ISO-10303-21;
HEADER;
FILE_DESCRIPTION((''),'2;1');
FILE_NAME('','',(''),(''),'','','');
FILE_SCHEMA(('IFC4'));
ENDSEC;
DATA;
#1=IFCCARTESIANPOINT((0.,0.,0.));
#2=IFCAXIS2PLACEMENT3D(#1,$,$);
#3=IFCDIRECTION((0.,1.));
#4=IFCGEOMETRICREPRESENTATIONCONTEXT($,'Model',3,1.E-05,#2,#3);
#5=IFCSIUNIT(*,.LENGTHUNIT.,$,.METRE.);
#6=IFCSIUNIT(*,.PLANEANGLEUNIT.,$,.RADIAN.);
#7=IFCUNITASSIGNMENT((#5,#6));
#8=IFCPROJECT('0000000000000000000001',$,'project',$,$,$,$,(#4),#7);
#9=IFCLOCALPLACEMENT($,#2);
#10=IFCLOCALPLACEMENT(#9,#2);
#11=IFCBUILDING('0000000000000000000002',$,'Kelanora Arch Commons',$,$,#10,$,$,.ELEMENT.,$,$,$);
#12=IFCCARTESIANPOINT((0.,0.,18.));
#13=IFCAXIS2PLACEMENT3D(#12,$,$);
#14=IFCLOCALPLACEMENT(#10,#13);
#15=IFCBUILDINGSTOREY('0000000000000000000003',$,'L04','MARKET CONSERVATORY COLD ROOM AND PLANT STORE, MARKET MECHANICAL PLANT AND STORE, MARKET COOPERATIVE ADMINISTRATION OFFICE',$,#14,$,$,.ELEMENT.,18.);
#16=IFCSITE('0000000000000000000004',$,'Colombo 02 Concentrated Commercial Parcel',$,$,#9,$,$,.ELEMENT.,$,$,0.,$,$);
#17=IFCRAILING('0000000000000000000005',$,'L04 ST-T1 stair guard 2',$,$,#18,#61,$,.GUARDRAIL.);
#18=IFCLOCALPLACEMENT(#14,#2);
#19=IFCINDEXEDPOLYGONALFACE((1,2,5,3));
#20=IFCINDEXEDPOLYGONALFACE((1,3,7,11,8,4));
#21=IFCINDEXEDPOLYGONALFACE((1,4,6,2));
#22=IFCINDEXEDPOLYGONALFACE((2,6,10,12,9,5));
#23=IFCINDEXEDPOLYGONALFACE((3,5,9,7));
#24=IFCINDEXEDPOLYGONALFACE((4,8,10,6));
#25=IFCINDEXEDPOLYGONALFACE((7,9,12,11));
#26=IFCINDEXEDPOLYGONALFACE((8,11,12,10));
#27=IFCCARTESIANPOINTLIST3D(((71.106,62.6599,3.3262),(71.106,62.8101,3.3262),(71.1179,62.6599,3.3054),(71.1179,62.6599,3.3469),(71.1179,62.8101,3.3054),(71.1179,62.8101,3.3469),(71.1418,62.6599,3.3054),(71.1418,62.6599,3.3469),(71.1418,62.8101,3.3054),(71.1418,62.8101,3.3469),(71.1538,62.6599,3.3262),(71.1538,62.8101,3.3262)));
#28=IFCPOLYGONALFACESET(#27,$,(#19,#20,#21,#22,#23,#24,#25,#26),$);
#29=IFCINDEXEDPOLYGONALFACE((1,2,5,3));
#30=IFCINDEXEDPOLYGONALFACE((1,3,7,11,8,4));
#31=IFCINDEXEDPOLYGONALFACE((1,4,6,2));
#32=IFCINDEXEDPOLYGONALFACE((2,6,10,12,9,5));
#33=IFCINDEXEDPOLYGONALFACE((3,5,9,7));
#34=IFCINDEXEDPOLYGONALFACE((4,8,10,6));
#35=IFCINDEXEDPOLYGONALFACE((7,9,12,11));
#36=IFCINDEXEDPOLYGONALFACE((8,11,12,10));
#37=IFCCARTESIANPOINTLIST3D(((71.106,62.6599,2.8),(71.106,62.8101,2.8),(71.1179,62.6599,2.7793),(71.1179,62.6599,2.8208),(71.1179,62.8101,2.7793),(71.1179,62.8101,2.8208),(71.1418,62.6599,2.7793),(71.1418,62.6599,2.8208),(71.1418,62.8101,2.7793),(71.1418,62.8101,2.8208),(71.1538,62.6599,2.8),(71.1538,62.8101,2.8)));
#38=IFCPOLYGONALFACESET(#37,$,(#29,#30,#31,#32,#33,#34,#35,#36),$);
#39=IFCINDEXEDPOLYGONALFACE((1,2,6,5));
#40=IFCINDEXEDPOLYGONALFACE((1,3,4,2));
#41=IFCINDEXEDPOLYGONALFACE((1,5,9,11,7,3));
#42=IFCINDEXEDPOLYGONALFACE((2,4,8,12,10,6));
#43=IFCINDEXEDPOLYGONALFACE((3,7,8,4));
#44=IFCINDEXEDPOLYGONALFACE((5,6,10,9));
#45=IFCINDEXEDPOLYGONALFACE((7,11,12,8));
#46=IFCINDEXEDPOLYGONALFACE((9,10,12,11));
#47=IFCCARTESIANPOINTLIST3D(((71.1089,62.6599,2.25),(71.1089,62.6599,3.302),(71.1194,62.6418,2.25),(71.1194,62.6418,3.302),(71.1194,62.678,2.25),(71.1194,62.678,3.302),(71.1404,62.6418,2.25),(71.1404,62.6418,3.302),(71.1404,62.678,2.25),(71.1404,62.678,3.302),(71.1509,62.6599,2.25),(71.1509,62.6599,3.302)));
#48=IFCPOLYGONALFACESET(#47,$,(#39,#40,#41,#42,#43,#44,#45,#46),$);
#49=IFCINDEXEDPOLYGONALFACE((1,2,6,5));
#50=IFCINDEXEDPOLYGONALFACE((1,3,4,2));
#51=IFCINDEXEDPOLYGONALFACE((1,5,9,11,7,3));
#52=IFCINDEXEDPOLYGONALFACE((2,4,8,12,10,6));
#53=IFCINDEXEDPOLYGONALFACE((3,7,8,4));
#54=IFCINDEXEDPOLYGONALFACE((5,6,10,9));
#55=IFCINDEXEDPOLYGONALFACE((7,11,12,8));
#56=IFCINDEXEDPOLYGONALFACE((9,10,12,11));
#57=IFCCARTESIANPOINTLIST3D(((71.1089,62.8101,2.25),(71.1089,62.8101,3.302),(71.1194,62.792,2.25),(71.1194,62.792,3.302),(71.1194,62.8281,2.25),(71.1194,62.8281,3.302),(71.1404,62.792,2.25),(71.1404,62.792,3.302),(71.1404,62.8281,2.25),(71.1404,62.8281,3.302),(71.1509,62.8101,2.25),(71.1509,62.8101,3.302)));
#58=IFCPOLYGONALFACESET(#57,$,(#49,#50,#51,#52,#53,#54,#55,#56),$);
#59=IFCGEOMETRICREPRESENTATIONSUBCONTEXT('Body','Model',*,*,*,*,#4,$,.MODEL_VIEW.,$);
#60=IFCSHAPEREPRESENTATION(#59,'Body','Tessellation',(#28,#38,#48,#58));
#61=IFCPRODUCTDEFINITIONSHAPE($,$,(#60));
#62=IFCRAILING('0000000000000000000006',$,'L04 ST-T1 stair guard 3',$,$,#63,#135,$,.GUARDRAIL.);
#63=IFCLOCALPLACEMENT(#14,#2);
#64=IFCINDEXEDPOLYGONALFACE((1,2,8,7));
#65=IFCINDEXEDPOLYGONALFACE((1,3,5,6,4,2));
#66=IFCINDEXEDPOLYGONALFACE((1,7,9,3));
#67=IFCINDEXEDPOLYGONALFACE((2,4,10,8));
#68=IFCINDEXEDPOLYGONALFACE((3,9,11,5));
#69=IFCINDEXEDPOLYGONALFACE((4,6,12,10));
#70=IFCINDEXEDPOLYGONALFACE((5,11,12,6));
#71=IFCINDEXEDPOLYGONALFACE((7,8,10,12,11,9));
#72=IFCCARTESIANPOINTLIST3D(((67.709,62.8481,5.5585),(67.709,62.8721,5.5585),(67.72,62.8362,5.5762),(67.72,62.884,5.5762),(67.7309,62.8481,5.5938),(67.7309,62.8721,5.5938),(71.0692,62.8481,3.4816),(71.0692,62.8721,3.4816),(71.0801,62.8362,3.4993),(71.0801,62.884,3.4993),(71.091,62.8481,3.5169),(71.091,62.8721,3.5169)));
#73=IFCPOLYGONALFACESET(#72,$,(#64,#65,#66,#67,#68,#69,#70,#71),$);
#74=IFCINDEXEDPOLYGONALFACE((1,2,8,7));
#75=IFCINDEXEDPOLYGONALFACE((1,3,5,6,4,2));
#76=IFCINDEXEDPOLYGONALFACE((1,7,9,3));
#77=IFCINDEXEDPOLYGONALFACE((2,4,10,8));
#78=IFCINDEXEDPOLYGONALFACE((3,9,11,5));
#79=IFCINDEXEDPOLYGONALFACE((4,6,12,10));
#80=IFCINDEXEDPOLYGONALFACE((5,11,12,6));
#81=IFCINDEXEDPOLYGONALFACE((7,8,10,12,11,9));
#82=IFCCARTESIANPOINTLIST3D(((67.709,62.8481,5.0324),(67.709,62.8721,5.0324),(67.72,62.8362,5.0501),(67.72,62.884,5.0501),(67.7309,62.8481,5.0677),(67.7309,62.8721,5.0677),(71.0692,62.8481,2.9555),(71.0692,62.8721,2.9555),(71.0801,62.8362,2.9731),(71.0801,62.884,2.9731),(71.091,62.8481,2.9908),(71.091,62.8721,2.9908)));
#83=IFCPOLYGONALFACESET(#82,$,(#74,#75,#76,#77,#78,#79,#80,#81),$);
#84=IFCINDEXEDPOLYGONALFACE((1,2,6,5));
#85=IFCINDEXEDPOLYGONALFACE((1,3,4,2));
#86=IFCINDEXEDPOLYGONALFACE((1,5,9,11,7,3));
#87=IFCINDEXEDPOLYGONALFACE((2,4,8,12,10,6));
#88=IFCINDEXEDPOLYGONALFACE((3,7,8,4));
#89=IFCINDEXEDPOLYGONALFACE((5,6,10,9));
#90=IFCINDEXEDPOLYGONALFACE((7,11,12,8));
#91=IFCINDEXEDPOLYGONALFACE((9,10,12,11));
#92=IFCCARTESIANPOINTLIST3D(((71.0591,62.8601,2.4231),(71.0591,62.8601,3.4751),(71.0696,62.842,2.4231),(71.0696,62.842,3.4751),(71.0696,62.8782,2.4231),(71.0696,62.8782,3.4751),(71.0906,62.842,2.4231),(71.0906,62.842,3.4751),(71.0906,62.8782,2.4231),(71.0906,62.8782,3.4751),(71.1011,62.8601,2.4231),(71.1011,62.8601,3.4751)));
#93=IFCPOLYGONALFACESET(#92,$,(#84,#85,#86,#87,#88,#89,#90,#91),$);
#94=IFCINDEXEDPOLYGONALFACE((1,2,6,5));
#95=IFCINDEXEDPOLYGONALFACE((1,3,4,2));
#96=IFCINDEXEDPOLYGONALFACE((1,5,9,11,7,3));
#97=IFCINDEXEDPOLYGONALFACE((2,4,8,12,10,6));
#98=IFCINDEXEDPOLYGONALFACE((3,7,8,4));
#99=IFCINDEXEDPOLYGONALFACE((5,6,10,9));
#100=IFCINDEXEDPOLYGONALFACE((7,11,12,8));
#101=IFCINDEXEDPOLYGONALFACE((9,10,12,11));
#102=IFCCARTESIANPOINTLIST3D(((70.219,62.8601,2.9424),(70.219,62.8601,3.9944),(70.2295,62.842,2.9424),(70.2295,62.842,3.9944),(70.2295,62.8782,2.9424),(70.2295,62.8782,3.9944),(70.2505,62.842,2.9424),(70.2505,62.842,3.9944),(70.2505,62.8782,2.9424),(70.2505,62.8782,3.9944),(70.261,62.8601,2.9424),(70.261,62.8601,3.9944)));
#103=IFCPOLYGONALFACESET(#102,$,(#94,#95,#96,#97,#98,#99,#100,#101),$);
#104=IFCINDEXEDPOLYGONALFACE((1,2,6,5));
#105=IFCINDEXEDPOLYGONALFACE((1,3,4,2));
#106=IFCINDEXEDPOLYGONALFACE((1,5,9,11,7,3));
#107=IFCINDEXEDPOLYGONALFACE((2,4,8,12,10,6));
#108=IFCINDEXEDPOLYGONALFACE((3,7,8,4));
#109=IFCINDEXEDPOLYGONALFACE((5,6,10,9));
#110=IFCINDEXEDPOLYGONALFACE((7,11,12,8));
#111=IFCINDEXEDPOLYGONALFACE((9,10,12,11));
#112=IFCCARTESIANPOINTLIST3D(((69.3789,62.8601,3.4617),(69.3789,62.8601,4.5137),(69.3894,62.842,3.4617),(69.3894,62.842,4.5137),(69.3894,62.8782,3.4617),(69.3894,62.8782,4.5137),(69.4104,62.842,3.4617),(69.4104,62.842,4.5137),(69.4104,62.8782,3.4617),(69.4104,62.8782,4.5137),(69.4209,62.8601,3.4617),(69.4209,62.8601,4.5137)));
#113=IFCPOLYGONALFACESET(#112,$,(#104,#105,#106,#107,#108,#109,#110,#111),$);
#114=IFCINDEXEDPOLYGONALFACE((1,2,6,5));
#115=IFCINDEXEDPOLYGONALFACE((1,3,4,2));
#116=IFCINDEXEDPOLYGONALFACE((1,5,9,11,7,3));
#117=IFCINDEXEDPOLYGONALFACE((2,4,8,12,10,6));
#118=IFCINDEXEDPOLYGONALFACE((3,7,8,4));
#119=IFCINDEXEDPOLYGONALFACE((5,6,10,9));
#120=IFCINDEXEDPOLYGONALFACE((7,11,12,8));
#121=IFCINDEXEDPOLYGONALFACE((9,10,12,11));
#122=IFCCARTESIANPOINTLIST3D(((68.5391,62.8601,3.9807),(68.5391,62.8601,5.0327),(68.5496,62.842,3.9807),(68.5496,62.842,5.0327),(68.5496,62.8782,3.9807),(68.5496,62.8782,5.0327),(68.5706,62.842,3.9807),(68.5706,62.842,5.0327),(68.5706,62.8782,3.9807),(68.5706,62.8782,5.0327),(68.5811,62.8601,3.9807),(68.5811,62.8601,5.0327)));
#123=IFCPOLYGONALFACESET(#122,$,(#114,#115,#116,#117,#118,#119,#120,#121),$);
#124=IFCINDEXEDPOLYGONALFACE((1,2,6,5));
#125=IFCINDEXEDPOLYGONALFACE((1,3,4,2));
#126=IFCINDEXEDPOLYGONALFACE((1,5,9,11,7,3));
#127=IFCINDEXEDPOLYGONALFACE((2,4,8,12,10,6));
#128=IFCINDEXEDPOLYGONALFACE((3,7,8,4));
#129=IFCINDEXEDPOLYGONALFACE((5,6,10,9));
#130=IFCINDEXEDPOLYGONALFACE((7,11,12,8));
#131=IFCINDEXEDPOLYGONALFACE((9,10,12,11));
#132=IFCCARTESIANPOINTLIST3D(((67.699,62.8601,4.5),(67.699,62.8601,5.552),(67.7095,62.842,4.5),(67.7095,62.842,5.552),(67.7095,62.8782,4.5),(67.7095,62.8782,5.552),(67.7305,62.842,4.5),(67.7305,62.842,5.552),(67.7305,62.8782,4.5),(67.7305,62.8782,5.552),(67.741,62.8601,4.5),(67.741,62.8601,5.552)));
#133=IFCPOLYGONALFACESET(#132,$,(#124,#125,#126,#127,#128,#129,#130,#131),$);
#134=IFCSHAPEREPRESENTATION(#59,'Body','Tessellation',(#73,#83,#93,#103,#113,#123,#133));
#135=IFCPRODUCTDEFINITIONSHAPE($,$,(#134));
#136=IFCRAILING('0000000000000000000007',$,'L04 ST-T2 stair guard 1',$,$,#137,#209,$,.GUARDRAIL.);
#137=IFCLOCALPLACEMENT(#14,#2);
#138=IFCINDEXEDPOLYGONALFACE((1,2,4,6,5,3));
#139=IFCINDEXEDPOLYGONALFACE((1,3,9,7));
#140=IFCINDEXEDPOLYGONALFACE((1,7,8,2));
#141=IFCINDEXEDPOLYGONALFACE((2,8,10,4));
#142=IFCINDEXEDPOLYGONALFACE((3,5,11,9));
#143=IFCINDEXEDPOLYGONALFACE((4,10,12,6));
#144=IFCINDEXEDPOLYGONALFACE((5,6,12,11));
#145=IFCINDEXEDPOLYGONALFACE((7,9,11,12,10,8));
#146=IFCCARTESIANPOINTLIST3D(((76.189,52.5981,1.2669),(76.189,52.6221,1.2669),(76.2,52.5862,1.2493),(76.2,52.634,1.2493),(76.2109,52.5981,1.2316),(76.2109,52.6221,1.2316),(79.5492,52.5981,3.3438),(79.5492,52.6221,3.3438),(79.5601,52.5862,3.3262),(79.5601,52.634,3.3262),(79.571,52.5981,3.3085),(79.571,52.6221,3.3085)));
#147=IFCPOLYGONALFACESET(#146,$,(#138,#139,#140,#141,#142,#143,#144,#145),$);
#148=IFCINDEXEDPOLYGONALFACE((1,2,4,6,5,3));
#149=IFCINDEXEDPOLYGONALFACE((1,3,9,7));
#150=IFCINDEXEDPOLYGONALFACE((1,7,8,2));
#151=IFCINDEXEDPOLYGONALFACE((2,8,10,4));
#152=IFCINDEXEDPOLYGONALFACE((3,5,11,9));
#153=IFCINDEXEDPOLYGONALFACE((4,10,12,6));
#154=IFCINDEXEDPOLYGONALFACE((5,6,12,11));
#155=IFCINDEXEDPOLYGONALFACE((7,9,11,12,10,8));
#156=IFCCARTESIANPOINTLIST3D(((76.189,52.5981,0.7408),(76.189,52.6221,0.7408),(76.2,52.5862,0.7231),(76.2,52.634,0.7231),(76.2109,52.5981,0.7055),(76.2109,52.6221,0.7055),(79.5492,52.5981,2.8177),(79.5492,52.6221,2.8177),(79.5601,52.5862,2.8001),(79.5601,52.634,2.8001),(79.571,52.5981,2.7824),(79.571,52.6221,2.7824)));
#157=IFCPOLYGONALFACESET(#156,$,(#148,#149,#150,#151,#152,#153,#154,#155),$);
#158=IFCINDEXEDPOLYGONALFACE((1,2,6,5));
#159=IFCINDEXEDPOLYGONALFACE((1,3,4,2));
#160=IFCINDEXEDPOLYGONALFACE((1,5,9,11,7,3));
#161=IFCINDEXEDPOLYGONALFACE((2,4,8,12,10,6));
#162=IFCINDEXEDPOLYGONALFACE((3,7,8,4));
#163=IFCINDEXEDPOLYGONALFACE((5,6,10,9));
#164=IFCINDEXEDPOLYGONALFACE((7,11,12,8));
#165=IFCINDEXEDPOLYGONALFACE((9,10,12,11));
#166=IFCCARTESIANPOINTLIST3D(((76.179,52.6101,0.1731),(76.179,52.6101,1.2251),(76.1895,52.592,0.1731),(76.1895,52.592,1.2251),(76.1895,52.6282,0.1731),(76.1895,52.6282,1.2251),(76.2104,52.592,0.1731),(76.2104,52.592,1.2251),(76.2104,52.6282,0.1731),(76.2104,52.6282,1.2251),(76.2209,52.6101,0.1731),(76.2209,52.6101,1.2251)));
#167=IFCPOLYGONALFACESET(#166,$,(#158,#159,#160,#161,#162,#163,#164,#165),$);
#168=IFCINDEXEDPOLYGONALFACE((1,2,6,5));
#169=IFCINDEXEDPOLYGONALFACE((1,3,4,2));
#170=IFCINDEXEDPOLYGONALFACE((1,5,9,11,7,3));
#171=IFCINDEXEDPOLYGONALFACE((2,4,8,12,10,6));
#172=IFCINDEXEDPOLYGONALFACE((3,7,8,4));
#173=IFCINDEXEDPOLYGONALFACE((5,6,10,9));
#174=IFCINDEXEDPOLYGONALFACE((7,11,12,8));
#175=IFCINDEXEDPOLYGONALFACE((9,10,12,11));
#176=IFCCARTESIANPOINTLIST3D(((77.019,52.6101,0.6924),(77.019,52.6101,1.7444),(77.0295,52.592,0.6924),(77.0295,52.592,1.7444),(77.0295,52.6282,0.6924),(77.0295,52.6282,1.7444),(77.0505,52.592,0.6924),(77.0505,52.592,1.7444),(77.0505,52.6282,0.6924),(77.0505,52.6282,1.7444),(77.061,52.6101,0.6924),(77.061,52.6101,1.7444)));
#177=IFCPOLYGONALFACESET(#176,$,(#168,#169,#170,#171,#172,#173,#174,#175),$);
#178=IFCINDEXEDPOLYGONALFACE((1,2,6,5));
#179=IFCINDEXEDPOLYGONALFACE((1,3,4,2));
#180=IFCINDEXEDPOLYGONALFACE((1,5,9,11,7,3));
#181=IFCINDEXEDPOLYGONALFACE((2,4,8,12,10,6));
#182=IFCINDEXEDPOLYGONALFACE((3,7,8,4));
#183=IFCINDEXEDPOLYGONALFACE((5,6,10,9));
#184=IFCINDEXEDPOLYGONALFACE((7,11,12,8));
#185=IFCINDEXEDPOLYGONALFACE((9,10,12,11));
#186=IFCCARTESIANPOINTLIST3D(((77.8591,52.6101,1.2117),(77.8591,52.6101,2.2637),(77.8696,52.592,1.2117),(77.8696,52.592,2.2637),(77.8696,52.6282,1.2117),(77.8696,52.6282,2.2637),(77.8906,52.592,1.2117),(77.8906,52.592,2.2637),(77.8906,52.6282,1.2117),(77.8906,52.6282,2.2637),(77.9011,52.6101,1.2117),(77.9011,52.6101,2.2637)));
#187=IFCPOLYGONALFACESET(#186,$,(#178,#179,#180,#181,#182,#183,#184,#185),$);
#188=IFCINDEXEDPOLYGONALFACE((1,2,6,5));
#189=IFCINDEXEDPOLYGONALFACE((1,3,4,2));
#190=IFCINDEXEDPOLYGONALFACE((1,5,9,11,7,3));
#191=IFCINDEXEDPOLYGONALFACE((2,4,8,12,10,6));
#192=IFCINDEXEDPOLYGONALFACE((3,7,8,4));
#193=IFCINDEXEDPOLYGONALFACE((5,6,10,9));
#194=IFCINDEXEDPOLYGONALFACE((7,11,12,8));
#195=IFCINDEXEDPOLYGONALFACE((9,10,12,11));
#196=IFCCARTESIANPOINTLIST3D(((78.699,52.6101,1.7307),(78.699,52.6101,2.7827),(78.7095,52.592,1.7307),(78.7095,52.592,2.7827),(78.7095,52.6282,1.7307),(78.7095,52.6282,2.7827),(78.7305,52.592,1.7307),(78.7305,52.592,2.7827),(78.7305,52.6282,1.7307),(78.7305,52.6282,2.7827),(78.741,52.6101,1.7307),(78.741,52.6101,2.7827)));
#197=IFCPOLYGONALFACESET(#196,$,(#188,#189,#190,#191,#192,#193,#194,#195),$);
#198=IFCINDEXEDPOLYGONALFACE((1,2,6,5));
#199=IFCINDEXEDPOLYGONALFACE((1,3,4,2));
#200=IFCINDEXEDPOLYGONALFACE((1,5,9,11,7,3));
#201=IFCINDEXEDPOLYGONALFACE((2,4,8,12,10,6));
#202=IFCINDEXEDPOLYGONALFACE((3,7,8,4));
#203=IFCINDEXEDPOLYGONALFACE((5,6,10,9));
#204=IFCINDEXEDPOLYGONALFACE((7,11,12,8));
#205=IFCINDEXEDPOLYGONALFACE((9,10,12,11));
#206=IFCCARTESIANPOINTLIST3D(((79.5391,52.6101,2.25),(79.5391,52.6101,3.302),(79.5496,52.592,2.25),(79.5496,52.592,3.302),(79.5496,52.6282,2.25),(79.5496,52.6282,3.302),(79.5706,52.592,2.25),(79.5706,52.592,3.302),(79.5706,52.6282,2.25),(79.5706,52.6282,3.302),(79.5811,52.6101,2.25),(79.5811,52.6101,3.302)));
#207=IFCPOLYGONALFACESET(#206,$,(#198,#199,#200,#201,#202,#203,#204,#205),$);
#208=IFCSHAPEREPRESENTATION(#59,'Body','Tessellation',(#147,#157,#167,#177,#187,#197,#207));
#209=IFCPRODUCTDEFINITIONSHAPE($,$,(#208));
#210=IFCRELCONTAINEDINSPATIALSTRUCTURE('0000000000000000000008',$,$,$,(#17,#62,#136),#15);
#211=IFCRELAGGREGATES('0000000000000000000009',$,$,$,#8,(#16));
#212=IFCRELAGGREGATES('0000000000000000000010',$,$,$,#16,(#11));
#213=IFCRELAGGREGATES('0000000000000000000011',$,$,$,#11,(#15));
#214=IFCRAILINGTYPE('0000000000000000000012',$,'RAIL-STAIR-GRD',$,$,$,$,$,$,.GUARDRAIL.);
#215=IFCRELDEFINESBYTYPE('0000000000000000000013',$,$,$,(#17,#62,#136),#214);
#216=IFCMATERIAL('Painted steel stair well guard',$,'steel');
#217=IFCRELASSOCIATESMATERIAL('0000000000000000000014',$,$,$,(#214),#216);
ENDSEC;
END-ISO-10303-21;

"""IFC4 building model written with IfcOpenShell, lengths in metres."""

from ifc_helpers import new_model, si_unit, direction, frame, origin, place, context, subcontext, project, spatial, polyline, outline, extrude, material, type_object, element, save


model = new_model("IFC4")

# Units and contexts
model_context = context("Model", 3, precision=1e-05, world=origin(), true_north=direction((0.0, 1.0)))
body_context = subcontext(model_context, "Body", "Model", "MODEL_VIEW")
ifc_project = project(units=[si_unit("LENGTHUNIT", "METRE"), si_unit("PLANEANGLEUNIT", "RADIAN")], contexts=[model_context])

# Site, building, storey
site_placement = place(None, origin())
site = spatial("IfcSite", under=ifc_project, at=site_placement, Name="Colombo 02 Concentrated Commercial Parcel", CompositionType="ELEMENT", RefElevation=0.0)
building_placement = place(site_placement, origin())
building = spatial("IfcBuilding", under=site, at=building_placement, Name="Kelanora Arch Commons", CompositionType="ELEMENT")
storey_placement = place(building_placement, frame((0.0, 0.0, 18.0)))
storey = spatial("IfcBuildingStorey", under=building, at=storey_placement, Name="L04", Description="MARKET CONSERVATORY COLD ROOM AND PLANT STORE, MARKET MECHANICAL PLANT AND STORE, MARKET COOPERATIVE ADMINISTRATION OFFICE", CompositionType="ELEMENT", Elevation=18.0)

# Railings
ifc_material_1 = material(Name="Painted steel stair well guard", Category="steel")
railing_type_1 = type_object("IfcRailingType", Name="RAIL-STAIR-GRD", PredefinedType="GUARDRAIL", material=ifc_material_1)
railing_1_placement = place(storey_placement, frame((71.1299, 62.6599, 2.25)))
element("IfcRailing", 1, at=railing_1_placement, inside=storey, type_object=railing_type_1, Name="L04 ST-T1 stair guard 2", PredefinedType="GUARDRAIL", context=body_context, shape_type="SweptSolid", body=[
    extrude(outline(polyline([(0.0239, 0.0), (0.012, 0.0208), (-0.012, 0.0208), (-0.0239, 0.0), (-0.012, -0.0208), (0.012, -0.0208), (0.0239, 0.0)])), frame((0.0, 0.0, 1.0762), z_axis=(0.0, 1.0, 0.0), x_axis=(-1.0, 0.0, 0.0)), (0.0, 0.0, 1.0), 0.1501),
    extrude(outline(polyline([(0.0239, 0.0), (0.012, 0.0208), (-0.012, 0.0208), (-0.0239, 0.0), (-0.012, -0.0208), (0.012, -0.0208), (0.0239, 0.0)])), frame((0.0, 0.0, 0.55), z_axis=(0.0, 1.0, 0.0), x_axis=(-1.0, 0.0, 0.0)), (0.0, 0.0, 1.0), 0.1501),
    extrude(outline(polyline([(0.021, 0.0), (0.0105, 0.0181), (-0.0105, 0.0181), (-0.021, 0.0), (-0.0105, -0.0181), (0.0105, -0.0181), (0.021, 0.0)])), origin(), (0.0, 0.0, 1.0), 1.052),
    extrude(outline(polyline([(0.021, 0.0), (0.0105, 0.0181), (-0.0105, 0.0181), (-0.021, 0.0), (-0.0105, -0.0181), (0.0105, -0.0181), (0.021, 0.0)])), frame((0.0, 0.1501, 0.0)), (0.0, 0.0, 1.0), 1.052),
])
railing_2_placement = place(storey_placement, frame((71.0801, 62.8601, 2.4231)))
element("IfcRailing", 2, at=railing_2_placement, inside=storey, type_object=railing_type_1, Name="L04 ST-T1 stair guard 3", PredefinedType="GUARDRAIL", context=body_context, shape_type="SweptSolid", body=[
    extrude(outline(polyline([(0.0239, 0.0), (0.012, 0.0208), (-0.012, 0.0208), (-0.0239, 0.0), (-0.012, -0.0208), (0.012, -0.0208), (0.0239, 0.0)])), frame((0.0, 0.0, 1.0762), z_axis=(-0.850623, 0.0, 0.525776), x_axis=(0.0, -1.0, 0.0)), (0.0, 0.0, 1.0), 3.9502),
    extrude(outline(polyline([(0.0239, 0.0), (0.012, 0.0208), (-0.012, 0.0208), (-0.0239, 0.0), (-0.012, -0.0208), (0.012, -0.0208), (0.0239, 0.0)])), frame((0.0, 0.0, 0.55), z_axis=(-0.850623, 0.0, 0.525776), x_axis=(0.0, -1.0, 0.0)), (0.0, 0.0, 1.0), 3.9502),
    extrude(outline(polyline([(0.021, 0.0), (0.0105, 0.0181), (-0.0105, 0.0181), (-0.021, 0.0), (-0.0105, -0.0181), (0.0105, -0.0181), (0.021, 0.0)])), origin(), (0.0, 0.0, 1.0), 1.052),
    extrude(outline(polyline([(0.021, 0.0), (0.0105, 0.0181), (-0.0105, 0.0181), (-0.021, 0.0), (-0.0105, -0.0181), (0.0105, -0.0181), (0.021, 0.0)])), frame((-0.8401, 0.0, 0.5193)), (0.0, 0.0, 1.0), 1.052),
    extrude(outline(polyline([(0.021, 0.0), (0.0105, 0.0181), (-0.0105, 0.0181), (-0.021, 0.0), (-0.0105, -0.0181), (0.0105, -0.0181), (0.021, 0.0)])), frame((-1.6802, 0.0, 1.0386)), (0.0, 0.0, 1.0), 1.052),
    extrude(outline(polyline([(0.021, 0.0), (0.0105, 0.0181), (-0.0105, 0.0181), (-0.021, 0.0), (-0.0105, -0.0181), (0.0105, -0.0181), (0.021, 0.0)])), frame((-2.52, 0.0, 1.5576)), (0.0, 0.0, 1.0), 1.052),
    extrude(outline(polyline([(0.021, 0.0), (0.0105, 0.0181), (-0.0105, 0.0181), (-0.021, 0.0), (-0.0105, -0.0181), (0.0105, -0.0181), (0.021, 0.0)])), frame((-3.3601, 0.0, 2.0769)), (0.0, 0.0, 1.0), 1.052),
])
railing_3_placement = place(storey_placement, frame((76.2, 52.6101, 0.1731)))
element("IfcRailing", 3, at=railing_3_placement, inside=storey, type_object=railing_type_1, Name="L04 ST-T2 stair guard 1", PredefinedType="GUARDRAIL", context=body_context, shape_type="SweptSolid", body=[
    extrude(outline(polyline([(0.0239, 0.0), (0.012, 0.0208), (-0.012, 0.0208), (-0.0239, 0.0), (-0.012, -0.0208), (0.012, -0.0208), (0.0239, 0.0)])), frame((0.0, 0.0, 1.0762), z_axis=(0.850623, 0.0, 0.525776), x_axis=(0.0, 1.0, 0.0)), (0.0, 0.0, 1.0), 3.9502),
    extrude(outline(polyline([(0.0239, 0.0), (0.012, 0.0208), (-0.012, 0.0208), (-0.0239, 0.0), (-0.012, -0.0208), (0.012, -0.0208), (0.0239, 0.0)])), frame((0.0, 0.0, 0.55), z_axis=(0.850623, 0.0, 0.525776), x_axis=(0.0, 1.0, 0.0)), (0.0, 0.0, 1.0), 3.9502),
    extrude(outline(polyline([(0.021, 0.0), (0.0105, 0.0181), (-0.0105, 0.0181), (-0.021, 0.0), (-0.0105, -0.0181), (0.0105, -0.0181), (0.021, 0.0)])), origin(), (0.0, 0.0, 1.0), 1.052),
    extrude(outline(polyline([(0.021, 0.0), (0.0105, 0.0181), (-0.0105, 0.0181), (-0.021, 0.0), (-0.0105, -0.0181), (0.0105, -0.0181), (0.021, 0.0)])), frame((0.8401, 0.0, 0.5193)), (0.0, 0.0, 1.0), 1.052),
    extrude(outline(polyline([(0.021, 0.0), (0.0105, 0.0181), (-0.0105, 0.0181), (-0.021, 0.0), (-0.0105, -0.0181), (0.0105, -0.0181), (0.021, 0.0)])), frame((1.6802, 0.0, 1.0386)), (0.0, 0.0, 1.0), 1.052),
    extrude(outline(polyline([(0.021, 0.0), (0.0105, 0.0181), (-0.0105, 0.0181), (-0.021, 0.0), (-0.0105, -0.0181), (0.0105, -0.0181), (0.021, 0.0)])), frame((2.52, 0.0, 1.5576)), (0.0, 0.0, 1.0), 1.052),
    extrude(outline(polyline([(0.021, 0.0), (0.0105, 0.0181), (-0.0105, 0.0181), (-0.021, 0.0), (-0.0105, -0.0181), (0.0105, -0.0181), (0.021, 0.0)])), frame((3.3601, 0.0, 2.0769)), (0.0, 0.0, 1.0), 1.052),
])

save(model, "model.ifc")
